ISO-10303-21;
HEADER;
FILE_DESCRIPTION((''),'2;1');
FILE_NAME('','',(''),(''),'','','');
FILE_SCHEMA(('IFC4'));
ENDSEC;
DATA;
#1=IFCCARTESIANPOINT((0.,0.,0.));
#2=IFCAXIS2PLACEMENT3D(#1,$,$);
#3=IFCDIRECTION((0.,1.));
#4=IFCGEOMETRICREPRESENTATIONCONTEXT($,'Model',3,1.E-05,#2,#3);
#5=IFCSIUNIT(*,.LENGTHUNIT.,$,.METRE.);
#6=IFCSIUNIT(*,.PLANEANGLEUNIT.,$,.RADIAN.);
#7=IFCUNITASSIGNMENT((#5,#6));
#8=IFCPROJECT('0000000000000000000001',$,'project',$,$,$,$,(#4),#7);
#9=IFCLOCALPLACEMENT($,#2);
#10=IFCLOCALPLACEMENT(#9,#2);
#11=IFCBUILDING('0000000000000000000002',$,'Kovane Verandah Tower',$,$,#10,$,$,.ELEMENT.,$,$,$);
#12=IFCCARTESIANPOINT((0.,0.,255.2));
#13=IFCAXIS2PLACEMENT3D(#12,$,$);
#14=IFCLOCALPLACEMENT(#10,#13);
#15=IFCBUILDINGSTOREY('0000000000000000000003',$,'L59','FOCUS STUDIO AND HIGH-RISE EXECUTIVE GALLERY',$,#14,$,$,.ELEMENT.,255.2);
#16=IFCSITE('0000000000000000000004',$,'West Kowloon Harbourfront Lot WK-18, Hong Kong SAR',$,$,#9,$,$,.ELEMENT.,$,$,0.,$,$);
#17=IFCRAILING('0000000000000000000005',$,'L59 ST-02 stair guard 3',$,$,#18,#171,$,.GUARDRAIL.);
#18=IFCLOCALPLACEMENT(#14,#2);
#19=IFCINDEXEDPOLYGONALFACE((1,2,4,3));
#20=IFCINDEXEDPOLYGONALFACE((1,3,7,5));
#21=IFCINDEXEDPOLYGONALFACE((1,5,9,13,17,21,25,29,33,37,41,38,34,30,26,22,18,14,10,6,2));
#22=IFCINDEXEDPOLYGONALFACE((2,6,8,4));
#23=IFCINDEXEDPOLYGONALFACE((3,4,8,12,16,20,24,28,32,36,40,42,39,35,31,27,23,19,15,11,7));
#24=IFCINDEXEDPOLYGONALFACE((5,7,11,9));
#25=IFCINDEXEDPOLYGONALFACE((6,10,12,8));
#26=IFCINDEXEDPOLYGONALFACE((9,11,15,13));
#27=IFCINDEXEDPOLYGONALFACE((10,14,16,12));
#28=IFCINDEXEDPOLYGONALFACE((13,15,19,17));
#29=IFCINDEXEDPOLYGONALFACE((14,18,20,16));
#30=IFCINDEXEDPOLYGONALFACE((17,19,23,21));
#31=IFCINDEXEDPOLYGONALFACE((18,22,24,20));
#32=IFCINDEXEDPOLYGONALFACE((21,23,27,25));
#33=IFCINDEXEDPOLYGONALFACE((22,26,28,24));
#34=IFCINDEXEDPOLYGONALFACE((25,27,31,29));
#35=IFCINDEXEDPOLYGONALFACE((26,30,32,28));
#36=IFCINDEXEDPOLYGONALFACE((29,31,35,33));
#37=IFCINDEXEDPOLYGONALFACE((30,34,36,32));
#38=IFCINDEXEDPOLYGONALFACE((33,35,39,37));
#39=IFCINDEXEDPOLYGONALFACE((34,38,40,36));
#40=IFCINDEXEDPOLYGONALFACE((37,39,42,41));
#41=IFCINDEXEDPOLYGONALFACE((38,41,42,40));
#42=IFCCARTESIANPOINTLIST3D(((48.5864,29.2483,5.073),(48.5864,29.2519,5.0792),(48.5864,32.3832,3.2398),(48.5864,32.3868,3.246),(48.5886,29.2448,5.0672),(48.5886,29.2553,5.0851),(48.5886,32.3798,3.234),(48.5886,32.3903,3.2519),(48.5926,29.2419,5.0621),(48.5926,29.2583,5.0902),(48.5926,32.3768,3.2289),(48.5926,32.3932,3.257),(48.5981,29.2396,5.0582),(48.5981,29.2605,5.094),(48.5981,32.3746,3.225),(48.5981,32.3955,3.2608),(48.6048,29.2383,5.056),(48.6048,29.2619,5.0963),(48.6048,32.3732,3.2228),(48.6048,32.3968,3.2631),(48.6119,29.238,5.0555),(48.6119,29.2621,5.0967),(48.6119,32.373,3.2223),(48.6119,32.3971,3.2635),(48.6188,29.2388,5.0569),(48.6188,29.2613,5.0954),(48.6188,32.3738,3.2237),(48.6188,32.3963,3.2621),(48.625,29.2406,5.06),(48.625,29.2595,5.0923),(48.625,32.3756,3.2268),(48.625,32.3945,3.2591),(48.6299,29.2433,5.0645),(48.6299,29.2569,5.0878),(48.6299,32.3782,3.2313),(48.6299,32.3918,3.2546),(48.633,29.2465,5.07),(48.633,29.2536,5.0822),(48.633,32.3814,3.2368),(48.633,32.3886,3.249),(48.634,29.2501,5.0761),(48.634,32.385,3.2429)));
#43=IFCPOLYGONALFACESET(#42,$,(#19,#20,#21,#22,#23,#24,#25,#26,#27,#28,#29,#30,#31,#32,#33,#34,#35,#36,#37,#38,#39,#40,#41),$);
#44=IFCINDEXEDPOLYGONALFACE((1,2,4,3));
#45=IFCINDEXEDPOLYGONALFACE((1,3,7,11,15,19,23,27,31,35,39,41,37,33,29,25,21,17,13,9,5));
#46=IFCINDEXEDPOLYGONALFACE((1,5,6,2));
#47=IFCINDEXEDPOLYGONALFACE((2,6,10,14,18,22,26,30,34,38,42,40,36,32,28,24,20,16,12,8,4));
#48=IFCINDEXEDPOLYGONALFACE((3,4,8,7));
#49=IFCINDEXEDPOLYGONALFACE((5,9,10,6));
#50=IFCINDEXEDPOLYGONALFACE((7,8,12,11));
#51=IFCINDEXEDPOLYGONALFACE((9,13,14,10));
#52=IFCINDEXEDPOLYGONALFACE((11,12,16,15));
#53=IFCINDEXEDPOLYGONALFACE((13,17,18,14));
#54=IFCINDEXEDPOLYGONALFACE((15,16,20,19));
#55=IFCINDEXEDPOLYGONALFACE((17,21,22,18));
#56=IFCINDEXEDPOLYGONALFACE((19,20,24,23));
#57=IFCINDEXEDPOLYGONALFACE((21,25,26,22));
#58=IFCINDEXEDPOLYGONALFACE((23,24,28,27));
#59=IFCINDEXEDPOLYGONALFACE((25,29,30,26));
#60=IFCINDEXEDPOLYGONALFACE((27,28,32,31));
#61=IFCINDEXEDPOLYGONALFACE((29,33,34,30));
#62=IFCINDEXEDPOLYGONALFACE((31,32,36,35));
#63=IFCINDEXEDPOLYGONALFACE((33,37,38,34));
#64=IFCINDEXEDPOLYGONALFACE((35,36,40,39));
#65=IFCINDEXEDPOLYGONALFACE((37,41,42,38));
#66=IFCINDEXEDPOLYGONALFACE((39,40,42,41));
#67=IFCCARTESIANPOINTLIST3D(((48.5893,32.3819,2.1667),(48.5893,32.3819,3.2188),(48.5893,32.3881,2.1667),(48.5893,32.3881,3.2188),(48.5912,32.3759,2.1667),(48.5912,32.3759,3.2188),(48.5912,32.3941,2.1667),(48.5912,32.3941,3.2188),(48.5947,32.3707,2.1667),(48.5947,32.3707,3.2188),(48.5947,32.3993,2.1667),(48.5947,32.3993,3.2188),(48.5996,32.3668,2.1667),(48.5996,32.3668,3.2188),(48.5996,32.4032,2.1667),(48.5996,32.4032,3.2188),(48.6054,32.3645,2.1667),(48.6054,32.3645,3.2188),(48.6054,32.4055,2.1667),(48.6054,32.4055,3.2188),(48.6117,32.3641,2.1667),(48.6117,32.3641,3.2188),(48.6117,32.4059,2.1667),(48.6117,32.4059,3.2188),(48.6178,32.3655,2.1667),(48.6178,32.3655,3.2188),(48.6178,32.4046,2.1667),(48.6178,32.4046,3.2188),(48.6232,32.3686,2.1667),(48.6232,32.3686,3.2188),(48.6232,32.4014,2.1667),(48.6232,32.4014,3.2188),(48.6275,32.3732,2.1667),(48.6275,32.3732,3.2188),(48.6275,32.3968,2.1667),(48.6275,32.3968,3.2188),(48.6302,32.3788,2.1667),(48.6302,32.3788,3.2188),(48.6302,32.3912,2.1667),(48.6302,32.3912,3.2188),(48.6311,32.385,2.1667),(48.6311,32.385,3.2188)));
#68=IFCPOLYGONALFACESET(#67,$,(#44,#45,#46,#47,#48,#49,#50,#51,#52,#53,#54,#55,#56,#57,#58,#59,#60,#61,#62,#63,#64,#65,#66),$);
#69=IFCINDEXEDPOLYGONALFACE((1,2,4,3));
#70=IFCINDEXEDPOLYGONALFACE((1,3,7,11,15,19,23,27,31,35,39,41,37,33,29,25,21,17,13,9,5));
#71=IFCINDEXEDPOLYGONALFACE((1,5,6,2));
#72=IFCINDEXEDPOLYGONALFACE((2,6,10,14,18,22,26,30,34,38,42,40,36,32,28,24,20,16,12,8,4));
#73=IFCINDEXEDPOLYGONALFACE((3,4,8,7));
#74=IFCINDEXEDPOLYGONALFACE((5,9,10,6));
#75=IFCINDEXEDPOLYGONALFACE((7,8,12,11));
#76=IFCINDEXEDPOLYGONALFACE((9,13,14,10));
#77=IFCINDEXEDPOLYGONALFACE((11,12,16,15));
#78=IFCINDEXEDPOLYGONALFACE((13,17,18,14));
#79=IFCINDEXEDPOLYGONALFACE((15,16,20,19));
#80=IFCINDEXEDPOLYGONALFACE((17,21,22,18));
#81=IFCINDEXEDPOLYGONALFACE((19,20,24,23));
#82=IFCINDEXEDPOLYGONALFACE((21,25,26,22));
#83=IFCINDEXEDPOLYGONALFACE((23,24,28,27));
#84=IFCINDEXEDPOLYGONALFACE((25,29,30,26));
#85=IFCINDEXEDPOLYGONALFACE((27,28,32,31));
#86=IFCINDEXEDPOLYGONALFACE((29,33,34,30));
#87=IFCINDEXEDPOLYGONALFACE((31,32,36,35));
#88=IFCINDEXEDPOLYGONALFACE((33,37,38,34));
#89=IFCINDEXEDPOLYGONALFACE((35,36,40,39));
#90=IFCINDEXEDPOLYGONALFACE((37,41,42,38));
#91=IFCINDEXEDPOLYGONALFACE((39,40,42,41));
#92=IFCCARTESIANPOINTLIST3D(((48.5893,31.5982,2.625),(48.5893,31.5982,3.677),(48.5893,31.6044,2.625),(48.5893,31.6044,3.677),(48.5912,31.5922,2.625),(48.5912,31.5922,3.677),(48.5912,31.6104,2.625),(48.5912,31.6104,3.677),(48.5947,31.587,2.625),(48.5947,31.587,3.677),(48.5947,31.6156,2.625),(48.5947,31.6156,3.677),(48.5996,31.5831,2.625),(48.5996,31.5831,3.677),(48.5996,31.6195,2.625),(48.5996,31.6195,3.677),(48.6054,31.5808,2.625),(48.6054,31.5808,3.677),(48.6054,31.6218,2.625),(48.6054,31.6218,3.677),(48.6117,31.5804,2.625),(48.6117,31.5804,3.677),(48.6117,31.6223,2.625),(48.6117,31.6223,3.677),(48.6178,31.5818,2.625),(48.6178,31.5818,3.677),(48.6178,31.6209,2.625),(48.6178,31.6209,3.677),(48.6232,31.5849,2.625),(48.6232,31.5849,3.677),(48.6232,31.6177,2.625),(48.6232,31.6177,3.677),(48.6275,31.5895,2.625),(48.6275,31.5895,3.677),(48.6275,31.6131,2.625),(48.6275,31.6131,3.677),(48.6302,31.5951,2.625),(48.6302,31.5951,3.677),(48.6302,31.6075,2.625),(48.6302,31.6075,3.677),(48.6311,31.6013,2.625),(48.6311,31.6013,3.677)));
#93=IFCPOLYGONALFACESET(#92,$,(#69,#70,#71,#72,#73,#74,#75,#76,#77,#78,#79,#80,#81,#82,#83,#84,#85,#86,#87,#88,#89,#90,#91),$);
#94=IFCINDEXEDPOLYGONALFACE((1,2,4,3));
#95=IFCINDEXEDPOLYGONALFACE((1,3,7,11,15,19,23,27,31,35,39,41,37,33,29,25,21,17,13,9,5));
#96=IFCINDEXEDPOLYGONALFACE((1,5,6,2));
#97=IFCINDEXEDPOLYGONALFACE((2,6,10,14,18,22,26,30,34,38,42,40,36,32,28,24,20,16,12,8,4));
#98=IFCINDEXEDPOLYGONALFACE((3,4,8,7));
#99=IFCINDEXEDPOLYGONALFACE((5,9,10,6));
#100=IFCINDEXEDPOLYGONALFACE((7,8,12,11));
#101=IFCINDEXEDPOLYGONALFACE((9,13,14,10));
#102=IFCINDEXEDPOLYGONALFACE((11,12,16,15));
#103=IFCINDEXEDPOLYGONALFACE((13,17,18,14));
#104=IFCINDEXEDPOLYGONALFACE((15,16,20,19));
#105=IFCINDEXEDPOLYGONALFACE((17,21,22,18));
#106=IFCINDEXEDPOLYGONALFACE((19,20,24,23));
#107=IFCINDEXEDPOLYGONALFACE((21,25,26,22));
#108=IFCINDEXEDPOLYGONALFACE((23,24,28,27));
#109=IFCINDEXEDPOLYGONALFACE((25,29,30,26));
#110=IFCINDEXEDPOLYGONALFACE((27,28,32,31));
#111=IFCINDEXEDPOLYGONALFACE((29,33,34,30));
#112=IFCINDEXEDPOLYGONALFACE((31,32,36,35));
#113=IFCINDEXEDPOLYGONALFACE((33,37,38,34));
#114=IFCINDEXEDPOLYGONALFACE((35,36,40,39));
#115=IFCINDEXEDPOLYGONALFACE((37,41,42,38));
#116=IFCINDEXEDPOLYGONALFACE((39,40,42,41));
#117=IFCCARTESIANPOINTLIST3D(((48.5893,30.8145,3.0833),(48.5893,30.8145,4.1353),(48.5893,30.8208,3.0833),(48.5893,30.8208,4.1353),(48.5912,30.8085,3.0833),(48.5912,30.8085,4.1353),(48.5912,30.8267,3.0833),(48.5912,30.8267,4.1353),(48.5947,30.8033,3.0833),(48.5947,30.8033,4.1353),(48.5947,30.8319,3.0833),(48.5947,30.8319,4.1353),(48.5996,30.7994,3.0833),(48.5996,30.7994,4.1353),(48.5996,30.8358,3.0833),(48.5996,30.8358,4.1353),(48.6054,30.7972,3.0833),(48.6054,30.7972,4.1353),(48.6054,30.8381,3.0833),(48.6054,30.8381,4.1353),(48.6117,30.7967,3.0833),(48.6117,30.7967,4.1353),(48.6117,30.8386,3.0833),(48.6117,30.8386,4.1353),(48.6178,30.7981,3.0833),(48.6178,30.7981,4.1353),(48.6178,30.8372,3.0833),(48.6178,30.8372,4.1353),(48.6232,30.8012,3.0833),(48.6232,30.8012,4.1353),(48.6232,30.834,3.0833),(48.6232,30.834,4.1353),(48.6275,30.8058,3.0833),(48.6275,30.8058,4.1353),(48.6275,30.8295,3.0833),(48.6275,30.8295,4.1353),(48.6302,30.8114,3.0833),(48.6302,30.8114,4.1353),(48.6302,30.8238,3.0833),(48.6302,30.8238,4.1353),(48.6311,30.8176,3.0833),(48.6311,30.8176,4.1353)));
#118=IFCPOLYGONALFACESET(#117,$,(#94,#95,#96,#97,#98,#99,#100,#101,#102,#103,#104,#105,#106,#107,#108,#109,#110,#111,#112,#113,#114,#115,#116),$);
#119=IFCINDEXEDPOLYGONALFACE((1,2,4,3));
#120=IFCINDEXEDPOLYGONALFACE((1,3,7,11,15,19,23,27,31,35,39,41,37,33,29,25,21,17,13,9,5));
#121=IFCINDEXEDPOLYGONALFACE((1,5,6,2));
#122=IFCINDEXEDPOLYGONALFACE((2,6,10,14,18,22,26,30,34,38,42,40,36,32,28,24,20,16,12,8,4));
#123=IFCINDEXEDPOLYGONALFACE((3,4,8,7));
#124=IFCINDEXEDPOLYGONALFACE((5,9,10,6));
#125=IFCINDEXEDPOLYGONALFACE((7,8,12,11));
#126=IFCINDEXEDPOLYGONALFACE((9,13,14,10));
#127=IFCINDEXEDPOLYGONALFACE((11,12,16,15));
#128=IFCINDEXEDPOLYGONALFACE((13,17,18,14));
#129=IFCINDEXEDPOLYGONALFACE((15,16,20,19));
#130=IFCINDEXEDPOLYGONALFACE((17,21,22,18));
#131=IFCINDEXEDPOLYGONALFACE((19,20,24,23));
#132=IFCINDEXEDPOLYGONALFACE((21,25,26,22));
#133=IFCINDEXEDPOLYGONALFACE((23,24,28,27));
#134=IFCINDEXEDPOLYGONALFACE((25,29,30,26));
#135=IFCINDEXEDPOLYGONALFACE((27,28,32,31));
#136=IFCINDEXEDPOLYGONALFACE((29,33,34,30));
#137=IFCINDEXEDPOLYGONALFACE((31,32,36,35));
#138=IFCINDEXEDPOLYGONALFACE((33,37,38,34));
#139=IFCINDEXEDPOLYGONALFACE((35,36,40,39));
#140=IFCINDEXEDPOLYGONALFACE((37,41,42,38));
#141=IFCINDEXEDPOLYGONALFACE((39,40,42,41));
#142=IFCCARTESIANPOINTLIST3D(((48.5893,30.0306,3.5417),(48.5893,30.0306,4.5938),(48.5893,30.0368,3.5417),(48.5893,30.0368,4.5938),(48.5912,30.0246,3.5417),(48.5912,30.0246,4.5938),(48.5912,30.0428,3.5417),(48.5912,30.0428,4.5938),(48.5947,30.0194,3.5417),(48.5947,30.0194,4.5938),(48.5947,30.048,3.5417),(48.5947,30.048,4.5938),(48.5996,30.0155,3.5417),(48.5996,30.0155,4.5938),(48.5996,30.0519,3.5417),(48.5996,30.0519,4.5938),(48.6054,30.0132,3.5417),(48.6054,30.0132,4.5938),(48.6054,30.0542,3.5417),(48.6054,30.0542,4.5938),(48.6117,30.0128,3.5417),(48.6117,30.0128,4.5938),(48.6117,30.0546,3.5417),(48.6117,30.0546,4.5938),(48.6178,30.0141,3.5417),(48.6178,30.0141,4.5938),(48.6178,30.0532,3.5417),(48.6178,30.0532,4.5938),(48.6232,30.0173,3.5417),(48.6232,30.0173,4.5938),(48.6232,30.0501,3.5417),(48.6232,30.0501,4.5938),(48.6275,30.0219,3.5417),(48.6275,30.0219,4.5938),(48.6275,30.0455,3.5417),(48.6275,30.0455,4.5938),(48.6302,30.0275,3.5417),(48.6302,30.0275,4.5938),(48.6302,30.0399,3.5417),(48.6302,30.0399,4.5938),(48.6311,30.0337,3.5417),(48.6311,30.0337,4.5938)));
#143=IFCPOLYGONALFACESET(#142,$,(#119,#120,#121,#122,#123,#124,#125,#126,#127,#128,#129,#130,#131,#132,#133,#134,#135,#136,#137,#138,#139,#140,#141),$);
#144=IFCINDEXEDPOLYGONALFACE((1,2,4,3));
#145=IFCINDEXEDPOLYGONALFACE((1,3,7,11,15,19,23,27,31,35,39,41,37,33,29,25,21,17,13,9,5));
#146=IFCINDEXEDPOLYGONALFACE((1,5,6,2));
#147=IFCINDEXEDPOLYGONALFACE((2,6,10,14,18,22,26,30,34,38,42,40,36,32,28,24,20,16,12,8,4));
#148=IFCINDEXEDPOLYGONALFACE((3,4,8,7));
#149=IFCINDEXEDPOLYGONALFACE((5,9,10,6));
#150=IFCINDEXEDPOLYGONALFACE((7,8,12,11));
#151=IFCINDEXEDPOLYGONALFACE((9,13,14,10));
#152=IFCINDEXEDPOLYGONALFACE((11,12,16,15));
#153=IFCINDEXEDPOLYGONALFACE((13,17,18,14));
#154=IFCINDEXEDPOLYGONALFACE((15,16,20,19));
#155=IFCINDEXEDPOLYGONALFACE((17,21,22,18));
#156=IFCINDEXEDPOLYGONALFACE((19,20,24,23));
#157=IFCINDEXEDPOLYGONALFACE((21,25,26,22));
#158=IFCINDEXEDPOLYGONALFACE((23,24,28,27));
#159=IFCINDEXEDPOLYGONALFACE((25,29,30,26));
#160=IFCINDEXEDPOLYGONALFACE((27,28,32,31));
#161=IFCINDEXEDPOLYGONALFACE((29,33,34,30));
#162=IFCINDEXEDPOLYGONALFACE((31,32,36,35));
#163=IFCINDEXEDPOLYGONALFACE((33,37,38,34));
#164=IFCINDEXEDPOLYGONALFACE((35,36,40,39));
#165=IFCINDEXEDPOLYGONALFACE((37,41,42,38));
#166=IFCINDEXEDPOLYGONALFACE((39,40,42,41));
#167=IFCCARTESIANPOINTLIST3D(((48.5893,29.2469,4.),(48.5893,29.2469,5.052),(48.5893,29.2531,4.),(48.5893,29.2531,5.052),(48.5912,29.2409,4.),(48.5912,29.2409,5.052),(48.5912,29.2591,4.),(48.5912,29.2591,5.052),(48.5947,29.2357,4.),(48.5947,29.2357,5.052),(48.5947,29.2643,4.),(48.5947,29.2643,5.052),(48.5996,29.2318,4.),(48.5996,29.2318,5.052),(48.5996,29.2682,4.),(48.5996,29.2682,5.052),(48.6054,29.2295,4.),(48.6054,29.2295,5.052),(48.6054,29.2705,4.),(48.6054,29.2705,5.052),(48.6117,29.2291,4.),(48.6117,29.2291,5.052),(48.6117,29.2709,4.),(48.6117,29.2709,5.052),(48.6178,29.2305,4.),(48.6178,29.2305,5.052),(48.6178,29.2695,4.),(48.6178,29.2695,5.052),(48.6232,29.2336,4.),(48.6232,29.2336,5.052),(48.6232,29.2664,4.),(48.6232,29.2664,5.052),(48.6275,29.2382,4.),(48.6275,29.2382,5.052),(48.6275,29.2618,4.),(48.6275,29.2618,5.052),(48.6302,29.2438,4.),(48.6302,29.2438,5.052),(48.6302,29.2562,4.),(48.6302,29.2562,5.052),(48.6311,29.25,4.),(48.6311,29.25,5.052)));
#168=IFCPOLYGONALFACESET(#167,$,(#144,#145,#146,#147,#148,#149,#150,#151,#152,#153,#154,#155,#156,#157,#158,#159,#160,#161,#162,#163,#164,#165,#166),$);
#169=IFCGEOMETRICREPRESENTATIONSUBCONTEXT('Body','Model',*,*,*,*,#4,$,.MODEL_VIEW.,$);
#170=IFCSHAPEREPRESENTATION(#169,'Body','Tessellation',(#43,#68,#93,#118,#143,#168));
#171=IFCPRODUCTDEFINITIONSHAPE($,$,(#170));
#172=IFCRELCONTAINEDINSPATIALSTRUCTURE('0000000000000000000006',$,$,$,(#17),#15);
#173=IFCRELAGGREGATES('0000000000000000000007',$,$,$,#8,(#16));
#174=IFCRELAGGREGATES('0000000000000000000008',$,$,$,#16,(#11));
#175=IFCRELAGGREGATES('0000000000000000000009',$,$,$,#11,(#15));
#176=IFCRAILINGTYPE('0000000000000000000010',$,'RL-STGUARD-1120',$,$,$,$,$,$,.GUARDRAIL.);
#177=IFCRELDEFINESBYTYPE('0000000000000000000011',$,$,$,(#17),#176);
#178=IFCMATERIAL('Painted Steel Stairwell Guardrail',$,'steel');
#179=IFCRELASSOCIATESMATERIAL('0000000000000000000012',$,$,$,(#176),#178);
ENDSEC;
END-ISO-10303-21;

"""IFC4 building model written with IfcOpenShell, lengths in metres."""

from ifc_helpers import new_model, si_unit, direction, frame, origin, origin_2d, place, context, subcontext, project, spatial, circle, extrude, material, type_object, element, save


model = new_model("IFC4")

# Units and contexts
model_context = context("Model", 3, precision=1e-05, world=origin(), true_north=direction((0.0, 1.0)))
body_context = subcontext(model_context, "Body", "Model", "MODEL_VIEW")
ifc_project = project(units=[si_unit("LENGTHUNIT", "METRE"), si_unit("PLANEANGLEUNIT", "RADIAN")], contexts=[model_context])

# Site, building, storey
site_placement = place(None, origin())
site = spatial("IfcSite", under=ifc_project, at=site_placement, Name="West Kowloon Harbourfront Lot WK-18, Hong Kong SAR", CompositionType="ELEMENT", RefElevation=0.0)
building_placement = place(site_placement, origin())
building = spatial("IfcBuilding", under=site, at=building_placement, Name="Kovane Verandah Tower", CompositionType="ELEMENT")
storey_placement = place(building_placement, frame((0.0, 0.0, 255.2)))
storey = spatial("IfcBuildingStorey", under=building, at=storey_placement, Name="L59", Description="FOCUS STUDIO AND HIGH-RISE EXECUTIVE GALLERY", CompositionType="ELEMENT", Elevation=255.2)

# Railing
ifc_material_1 = material(Name="Painted Steel Stairwell Guardrail", Category="steel")
railing_type_1 = type_object("IfcRailingType", Name="RL-STGUARD-1120", PredefinedType="GUARDRAIL", material=ifc_material_1)
railing_1_placement = place(storey_placement, frame((48.6101, 32.385, 2.1667)))
element("IfcRailing", 1, at=railing_1_placement, inside=storey, type_object=railing_type_1, Name="L59 ST-02 stair guard 3", PredefinedType="GUARDRAIL", context=body_context, shape_type="SweptSolid", body=[
    extrude(circle(Radius=0.0239, at=origin_2d()), frame((0.0, 0.0, 1.0762), z_axis=(0.0, -0.86324, 0.504794), x_axis=(1.0, 0.0, 0.0)), (0.0, 0.0, 1.0), 3.6316),
    extrude(circle(Radius=0.021, at=origin_2d()), origin(), (0.0, 0.0, 1.0), 1.052),
    extrude(circle(Radius=0.021, at=origin_2d()), frame((0.0, -0.7837, 0.4583)), (0.0, 0.0, 1.0), 1.052),
    extrude(circle(Radius=0.021, at=origin_2d()), frame((0.0, -1.5674, 0.9165)), (0.0, 0.0, 1.0), 1.052),
    extrude(circle(Radius=0.021, at=origin_2d()), frame((0.0, -2.3513, 1.375)), (0.0, 0.0, 1.0), 1.052),
    extrude(circle(Radius=0.021, at=origin_2d()), frame((0.0, -3.135, 1.8333)), (0.0, 0.0, 1.0), 1.052),
])

save(model, "model.ifc")
